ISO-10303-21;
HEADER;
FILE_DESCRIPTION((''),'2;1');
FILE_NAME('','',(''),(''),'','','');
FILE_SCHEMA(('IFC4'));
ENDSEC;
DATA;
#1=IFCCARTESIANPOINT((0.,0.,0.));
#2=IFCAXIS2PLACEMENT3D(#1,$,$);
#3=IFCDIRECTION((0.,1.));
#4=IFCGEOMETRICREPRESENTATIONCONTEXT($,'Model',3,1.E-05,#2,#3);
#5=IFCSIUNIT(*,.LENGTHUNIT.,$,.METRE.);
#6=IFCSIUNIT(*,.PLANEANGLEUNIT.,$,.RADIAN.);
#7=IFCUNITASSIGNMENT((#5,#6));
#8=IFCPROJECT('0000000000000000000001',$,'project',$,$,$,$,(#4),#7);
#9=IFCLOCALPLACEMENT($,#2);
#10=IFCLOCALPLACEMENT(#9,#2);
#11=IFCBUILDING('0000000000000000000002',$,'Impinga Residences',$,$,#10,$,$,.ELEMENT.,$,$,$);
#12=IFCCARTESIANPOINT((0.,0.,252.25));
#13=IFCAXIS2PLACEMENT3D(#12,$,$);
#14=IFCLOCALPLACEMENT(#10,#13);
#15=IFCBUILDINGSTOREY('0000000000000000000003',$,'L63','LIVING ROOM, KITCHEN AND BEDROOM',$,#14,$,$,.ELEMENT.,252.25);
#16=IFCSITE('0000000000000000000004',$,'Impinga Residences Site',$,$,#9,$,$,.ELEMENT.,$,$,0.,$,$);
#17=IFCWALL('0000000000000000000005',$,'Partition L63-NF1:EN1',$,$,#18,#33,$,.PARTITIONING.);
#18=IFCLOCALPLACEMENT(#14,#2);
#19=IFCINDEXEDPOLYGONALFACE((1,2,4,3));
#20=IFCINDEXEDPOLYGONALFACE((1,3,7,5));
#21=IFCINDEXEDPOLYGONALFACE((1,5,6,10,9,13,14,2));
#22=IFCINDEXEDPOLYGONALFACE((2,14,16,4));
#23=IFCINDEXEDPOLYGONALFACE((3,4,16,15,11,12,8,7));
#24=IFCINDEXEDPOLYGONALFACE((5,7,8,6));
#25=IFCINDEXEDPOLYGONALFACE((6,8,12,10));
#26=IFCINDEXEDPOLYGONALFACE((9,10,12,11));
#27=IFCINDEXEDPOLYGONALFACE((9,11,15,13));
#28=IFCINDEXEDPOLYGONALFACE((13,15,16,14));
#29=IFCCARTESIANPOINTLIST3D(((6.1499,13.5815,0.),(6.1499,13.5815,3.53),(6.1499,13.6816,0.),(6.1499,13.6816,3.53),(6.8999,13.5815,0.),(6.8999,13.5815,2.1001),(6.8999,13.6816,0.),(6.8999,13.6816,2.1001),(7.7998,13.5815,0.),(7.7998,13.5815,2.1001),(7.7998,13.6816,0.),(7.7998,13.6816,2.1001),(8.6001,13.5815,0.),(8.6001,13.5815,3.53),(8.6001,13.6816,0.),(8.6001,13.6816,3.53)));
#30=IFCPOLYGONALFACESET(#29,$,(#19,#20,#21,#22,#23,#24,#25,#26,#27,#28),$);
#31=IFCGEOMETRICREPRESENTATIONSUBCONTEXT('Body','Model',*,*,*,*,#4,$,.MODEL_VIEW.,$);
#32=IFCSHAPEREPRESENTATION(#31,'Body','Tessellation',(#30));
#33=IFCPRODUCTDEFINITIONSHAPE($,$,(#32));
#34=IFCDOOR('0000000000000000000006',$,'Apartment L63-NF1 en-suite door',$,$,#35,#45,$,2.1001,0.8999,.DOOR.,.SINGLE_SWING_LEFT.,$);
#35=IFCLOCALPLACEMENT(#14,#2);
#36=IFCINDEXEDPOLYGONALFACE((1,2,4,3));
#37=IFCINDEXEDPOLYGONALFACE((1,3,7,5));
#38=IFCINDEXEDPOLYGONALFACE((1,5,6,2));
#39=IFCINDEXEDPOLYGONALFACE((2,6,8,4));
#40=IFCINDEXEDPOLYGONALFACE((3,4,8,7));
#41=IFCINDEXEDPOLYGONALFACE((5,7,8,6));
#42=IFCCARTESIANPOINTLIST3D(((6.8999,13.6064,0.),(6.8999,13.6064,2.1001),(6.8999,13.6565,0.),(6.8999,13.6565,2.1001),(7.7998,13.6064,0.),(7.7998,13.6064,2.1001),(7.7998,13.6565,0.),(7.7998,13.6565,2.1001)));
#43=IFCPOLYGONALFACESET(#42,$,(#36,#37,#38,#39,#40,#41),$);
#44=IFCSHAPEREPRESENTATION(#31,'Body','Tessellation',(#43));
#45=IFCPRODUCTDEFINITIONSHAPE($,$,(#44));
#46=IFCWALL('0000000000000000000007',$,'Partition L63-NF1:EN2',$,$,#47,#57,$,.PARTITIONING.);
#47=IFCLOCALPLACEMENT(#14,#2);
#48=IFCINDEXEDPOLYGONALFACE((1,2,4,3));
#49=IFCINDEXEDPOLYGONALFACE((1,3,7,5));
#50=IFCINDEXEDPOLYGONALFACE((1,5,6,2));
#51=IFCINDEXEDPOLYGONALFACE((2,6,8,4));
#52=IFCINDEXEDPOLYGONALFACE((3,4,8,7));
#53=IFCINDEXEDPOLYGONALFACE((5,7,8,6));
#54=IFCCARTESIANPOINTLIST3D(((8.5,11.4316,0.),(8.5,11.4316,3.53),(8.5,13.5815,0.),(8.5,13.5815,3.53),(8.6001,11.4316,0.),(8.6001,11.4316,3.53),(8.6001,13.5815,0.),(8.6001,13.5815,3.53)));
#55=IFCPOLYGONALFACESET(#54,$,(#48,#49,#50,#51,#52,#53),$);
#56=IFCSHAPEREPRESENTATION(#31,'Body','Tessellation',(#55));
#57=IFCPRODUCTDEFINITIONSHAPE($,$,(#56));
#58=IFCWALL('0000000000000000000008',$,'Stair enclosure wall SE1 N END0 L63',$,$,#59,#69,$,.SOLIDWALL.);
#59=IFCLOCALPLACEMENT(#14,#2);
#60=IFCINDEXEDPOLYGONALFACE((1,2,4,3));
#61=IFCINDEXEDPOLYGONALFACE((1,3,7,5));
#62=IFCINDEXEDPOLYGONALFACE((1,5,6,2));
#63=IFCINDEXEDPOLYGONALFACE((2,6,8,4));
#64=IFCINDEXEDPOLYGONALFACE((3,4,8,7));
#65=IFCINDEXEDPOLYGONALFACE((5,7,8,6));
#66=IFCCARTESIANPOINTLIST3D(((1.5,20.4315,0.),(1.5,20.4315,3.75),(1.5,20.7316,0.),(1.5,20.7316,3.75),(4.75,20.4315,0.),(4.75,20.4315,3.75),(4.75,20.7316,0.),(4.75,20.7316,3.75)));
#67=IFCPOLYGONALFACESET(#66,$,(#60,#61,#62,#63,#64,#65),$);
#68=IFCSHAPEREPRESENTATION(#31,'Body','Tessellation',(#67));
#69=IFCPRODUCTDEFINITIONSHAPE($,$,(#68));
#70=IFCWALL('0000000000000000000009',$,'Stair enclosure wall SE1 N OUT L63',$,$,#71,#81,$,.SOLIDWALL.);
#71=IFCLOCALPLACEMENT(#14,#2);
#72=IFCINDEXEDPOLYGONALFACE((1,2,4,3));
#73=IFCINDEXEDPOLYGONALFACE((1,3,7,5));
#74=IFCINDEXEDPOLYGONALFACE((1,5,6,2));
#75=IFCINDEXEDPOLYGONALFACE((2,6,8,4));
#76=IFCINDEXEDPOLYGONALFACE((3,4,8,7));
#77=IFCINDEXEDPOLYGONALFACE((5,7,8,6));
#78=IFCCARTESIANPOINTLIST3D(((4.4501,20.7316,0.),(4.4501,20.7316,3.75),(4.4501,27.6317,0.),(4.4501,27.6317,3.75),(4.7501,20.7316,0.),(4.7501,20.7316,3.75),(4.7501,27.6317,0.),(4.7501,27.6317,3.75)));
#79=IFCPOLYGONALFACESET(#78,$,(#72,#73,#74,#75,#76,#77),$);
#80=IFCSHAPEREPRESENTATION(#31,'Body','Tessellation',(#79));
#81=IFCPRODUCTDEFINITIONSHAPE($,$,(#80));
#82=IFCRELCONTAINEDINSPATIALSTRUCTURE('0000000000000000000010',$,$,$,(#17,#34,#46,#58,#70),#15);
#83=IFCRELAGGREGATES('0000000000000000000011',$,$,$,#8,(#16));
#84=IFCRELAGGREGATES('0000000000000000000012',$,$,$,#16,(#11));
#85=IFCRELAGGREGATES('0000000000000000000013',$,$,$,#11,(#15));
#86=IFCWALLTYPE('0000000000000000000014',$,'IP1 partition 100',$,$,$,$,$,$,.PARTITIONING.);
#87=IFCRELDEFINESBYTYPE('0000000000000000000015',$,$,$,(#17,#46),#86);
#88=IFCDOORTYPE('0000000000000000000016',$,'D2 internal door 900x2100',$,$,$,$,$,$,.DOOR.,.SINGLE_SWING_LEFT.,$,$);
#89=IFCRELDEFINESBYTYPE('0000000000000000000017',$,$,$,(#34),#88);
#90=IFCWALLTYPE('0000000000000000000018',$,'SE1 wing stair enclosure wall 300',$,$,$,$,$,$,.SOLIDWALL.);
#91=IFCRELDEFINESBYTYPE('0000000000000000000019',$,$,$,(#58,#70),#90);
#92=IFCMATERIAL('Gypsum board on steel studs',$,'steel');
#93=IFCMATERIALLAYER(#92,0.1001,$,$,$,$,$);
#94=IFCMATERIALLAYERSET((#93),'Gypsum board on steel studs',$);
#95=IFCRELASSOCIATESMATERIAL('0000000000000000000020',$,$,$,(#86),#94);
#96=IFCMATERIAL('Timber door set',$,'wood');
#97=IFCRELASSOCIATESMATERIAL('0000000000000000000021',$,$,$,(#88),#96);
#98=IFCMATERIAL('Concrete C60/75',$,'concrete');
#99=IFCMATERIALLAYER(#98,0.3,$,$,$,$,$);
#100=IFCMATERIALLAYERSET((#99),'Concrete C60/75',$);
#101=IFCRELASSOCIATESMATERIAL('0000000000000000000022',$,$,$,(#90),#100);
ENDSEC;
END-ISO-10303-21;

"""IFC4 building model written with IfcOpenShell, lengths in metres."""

from ifc_helpers import new_model, si_unit, direction, frame, frame_2d, origin, place, context, subcontext, project, spatial, rectangle, extrude, material, layer, layer_set, type_object, element, fill, save


model = new_model("IFC4")

# Units and contexts
model_context = context("Model", 3, precision=1e-05, world=origin(), true_north=direction((0.0, 1.0)))
body_context = subcontext(model_context, "Body", "Model", "MODEL_VIEW")
ifc_project = project(units=[si_unit("LENGTHUNIT", "METRE"), si_unit("PLANEANGLEUNIT", "RADIAN")], contexts=[model_context])

# Site, building, storey
site_placement = place(None, origin())
site = spatial("IfcSite", under=ifc_project, at=site_placement, Name="Impinga Residences Site", CompositionType="ELEMENT", RefElevation=0.0)
building_placement = place(site_placement, origin())
building = spatial("IfcBuilding", under=site, at=building_placement, Name="Impinga Residences", CompositionType="ELEMENT")
storey_placement = place(building_placement, frame((0.0, 0.0, 252.25)))
storey = spatial("IfcBuildingStorey", under=building, at=storey_placement, Name="L63", Description="LIVING ROOM, KITCHEN AND BEDROOM", CompositionType="ELEMENT", Elevation=252.25)

# Shared definitions
ifc_material_1 = material(Name="Concrete C60/75", Category="concrete")

# Shared definitions
ifc_material_2 = material(Name="Gypsum board on steel studs", Category="steel")
ifc_layer_1 = layer(ifc_material_2, 0.1001)
ifc_layer_set_1 = layer_set([ifc_layer_1], Name="Gypsum board on steel studs")
wall_type_1 = type_object("IfcWallType", Name="IP1 partition 100", PredefinedType="PARTITIONING", material=ifc_layer_set_1)

# Shared definitions
ifc_material_3 = material(Name="Timber door set", Category="wood")
door_type = type_object("IfcDoorType", Name="D2 internal door 900x2100", OperationType="SINGLE_SWING_LEFT", PredefinedType="DOOR", material=ifc_material_3)

# Wall, opening, door
wall_1_placement = place(storey_placement, frame((6.1499, 13.6316, 0.0), z_axis=(0.0, 0.0, 1.0), x_axis=(1.0, 0.0, 0.0)))
wall_1 = element("IfcWall", 1, at=wall_1_placement, inside=storey, type_object=wall_type_1, Name="Partition L63-NF1:EN1", PredefinedType="PARTITIONING", context=body_context, shape_type="SweptSolid", body=[
    extrude(rectangle(XDim=2.4502, YDim=0.1001, at=frame_2d((1.2251, 0.0))), origin(), (0.0, 0.0, 1.0), 3.53),
])
opening_1_placement = place(wall_1_placement, frame((0.75, 0.0, 0.0)))
opening_1 = element("IfcOpeningElement", 2, at=opening_1_placement, cuts=wall_1, PredefinedType="OPENING", context=body_context, shape_type="SweptSolid", body=[
    extrude(rectangle(XDim=0.8999, YDim=2.1001, at=frame_2d((0.45, 1.05))), frame((0.0, 0.0601, 0.0), z_axis=(0.0, -1.0, 0.0), x_axis=(1.0, 0.0, 0.0)), (0.0, 0.0, 1.0), 0.1201),
])
door_1_placement = place(opening_1_placement, origin())
door_1 = element("IfcDoor", 3, at=door_1_placement, inside=storey, type_object=door_type, Name="Apartment L63-NF1 en-suite door", OperationType="SINGLE_SWING_LEFT", OverallHeight=2.1001, OverallWidth=0.8999, PredefinedType="DOOR", context=body_context, shape_type="SweptSolid", body=[
    extrude(rectangle(XDim=0.8999, YDim=2.1001, at=frame_2d((0.45, 1.05))), frame((0.0, 0.0249, 0.0), z_axis=(0.0, -1.0, 0.0), x_axis=(1.0, 0.0, 0.0)), (0.0, 0.0, 1.0), 0.05),
])
fill(opening_1, door_1)

# Walls
wall_2_placement = place(storey_placement, frame((8.55, 11.4316, 0.0), z_axis=(0.0, 0.0, 1.0), x_axis=(0.0, 1.0, 0.0)))
element("IfcWall", 4, at=wall_2_placement, inside=storey, type_object=wall_type_1, Name="Partition L63-NF1:EN2", PredefinedType="PARTITIONING", context=body_context, shape_type="SweptSolid", body=[
    extrude(rectangle(XDim=2.1499, YDim=0.1001, at=frame_2d((1.075, 0.0))), origin(), (0.0, 0.0, 1.0), 3.53),
])
ifc_layer_2 = layer(ifc_material_1, 0.3)
ifc_layer_set_2 = layer_set([ifc_layer_2], Name="Concrete C60/75")
wall_type_2 = type_object("IfcWallType", Name="SE1 wing stair enclosure wall 300", PredefinedType="SOLIDWALL", material=ifc_layer_set_2)
wall_3_placement = place(storey_placement, frame((1.5, 20.5815, 0.0), z_axis=(0.0, 0.0, 1.0), x_axis=(1.0, 0.0, 0.0)))
element("IfcWall", 5, at=wall_3_placement, inside=storey, type_object=wall_type_2, Name="Stair enclosure wall SE1 N END0 L63", PredefinedType="SOLIDWALL", context=body_context, shape_type="SweptSolid", body=[
    extrude(rectangle(XDim=3.25, YDim=0.3, at=frame_2d((1.625, 0.0))), origin(), (0.0, 0.0, 1.0), 3.75),
])
wall_4_placement = place(storey_placement, frame((4.6001, 20.7314, 0.0), z_axis=(0.0, 0.0, 1.0), x_axis=(0.0, 1.0, 0.0)))
element("IfcWall", 6, at=wall_4_placement, inside=storey, type_object=wall_type_2, Name="Stair enclosure wall SE1 N OUT L63", PredefinedType="SOLIDWALL", context=body_context, shape_type="SweptSolid", body=[
    extrude(rectangle(XDim=6.9001, YDim=0.3, at=frame_2d((3.4502, 0.0))), origin(), (0.0, 0.0, 1.0), 3.75),
])

save(model, "model.ifc")
